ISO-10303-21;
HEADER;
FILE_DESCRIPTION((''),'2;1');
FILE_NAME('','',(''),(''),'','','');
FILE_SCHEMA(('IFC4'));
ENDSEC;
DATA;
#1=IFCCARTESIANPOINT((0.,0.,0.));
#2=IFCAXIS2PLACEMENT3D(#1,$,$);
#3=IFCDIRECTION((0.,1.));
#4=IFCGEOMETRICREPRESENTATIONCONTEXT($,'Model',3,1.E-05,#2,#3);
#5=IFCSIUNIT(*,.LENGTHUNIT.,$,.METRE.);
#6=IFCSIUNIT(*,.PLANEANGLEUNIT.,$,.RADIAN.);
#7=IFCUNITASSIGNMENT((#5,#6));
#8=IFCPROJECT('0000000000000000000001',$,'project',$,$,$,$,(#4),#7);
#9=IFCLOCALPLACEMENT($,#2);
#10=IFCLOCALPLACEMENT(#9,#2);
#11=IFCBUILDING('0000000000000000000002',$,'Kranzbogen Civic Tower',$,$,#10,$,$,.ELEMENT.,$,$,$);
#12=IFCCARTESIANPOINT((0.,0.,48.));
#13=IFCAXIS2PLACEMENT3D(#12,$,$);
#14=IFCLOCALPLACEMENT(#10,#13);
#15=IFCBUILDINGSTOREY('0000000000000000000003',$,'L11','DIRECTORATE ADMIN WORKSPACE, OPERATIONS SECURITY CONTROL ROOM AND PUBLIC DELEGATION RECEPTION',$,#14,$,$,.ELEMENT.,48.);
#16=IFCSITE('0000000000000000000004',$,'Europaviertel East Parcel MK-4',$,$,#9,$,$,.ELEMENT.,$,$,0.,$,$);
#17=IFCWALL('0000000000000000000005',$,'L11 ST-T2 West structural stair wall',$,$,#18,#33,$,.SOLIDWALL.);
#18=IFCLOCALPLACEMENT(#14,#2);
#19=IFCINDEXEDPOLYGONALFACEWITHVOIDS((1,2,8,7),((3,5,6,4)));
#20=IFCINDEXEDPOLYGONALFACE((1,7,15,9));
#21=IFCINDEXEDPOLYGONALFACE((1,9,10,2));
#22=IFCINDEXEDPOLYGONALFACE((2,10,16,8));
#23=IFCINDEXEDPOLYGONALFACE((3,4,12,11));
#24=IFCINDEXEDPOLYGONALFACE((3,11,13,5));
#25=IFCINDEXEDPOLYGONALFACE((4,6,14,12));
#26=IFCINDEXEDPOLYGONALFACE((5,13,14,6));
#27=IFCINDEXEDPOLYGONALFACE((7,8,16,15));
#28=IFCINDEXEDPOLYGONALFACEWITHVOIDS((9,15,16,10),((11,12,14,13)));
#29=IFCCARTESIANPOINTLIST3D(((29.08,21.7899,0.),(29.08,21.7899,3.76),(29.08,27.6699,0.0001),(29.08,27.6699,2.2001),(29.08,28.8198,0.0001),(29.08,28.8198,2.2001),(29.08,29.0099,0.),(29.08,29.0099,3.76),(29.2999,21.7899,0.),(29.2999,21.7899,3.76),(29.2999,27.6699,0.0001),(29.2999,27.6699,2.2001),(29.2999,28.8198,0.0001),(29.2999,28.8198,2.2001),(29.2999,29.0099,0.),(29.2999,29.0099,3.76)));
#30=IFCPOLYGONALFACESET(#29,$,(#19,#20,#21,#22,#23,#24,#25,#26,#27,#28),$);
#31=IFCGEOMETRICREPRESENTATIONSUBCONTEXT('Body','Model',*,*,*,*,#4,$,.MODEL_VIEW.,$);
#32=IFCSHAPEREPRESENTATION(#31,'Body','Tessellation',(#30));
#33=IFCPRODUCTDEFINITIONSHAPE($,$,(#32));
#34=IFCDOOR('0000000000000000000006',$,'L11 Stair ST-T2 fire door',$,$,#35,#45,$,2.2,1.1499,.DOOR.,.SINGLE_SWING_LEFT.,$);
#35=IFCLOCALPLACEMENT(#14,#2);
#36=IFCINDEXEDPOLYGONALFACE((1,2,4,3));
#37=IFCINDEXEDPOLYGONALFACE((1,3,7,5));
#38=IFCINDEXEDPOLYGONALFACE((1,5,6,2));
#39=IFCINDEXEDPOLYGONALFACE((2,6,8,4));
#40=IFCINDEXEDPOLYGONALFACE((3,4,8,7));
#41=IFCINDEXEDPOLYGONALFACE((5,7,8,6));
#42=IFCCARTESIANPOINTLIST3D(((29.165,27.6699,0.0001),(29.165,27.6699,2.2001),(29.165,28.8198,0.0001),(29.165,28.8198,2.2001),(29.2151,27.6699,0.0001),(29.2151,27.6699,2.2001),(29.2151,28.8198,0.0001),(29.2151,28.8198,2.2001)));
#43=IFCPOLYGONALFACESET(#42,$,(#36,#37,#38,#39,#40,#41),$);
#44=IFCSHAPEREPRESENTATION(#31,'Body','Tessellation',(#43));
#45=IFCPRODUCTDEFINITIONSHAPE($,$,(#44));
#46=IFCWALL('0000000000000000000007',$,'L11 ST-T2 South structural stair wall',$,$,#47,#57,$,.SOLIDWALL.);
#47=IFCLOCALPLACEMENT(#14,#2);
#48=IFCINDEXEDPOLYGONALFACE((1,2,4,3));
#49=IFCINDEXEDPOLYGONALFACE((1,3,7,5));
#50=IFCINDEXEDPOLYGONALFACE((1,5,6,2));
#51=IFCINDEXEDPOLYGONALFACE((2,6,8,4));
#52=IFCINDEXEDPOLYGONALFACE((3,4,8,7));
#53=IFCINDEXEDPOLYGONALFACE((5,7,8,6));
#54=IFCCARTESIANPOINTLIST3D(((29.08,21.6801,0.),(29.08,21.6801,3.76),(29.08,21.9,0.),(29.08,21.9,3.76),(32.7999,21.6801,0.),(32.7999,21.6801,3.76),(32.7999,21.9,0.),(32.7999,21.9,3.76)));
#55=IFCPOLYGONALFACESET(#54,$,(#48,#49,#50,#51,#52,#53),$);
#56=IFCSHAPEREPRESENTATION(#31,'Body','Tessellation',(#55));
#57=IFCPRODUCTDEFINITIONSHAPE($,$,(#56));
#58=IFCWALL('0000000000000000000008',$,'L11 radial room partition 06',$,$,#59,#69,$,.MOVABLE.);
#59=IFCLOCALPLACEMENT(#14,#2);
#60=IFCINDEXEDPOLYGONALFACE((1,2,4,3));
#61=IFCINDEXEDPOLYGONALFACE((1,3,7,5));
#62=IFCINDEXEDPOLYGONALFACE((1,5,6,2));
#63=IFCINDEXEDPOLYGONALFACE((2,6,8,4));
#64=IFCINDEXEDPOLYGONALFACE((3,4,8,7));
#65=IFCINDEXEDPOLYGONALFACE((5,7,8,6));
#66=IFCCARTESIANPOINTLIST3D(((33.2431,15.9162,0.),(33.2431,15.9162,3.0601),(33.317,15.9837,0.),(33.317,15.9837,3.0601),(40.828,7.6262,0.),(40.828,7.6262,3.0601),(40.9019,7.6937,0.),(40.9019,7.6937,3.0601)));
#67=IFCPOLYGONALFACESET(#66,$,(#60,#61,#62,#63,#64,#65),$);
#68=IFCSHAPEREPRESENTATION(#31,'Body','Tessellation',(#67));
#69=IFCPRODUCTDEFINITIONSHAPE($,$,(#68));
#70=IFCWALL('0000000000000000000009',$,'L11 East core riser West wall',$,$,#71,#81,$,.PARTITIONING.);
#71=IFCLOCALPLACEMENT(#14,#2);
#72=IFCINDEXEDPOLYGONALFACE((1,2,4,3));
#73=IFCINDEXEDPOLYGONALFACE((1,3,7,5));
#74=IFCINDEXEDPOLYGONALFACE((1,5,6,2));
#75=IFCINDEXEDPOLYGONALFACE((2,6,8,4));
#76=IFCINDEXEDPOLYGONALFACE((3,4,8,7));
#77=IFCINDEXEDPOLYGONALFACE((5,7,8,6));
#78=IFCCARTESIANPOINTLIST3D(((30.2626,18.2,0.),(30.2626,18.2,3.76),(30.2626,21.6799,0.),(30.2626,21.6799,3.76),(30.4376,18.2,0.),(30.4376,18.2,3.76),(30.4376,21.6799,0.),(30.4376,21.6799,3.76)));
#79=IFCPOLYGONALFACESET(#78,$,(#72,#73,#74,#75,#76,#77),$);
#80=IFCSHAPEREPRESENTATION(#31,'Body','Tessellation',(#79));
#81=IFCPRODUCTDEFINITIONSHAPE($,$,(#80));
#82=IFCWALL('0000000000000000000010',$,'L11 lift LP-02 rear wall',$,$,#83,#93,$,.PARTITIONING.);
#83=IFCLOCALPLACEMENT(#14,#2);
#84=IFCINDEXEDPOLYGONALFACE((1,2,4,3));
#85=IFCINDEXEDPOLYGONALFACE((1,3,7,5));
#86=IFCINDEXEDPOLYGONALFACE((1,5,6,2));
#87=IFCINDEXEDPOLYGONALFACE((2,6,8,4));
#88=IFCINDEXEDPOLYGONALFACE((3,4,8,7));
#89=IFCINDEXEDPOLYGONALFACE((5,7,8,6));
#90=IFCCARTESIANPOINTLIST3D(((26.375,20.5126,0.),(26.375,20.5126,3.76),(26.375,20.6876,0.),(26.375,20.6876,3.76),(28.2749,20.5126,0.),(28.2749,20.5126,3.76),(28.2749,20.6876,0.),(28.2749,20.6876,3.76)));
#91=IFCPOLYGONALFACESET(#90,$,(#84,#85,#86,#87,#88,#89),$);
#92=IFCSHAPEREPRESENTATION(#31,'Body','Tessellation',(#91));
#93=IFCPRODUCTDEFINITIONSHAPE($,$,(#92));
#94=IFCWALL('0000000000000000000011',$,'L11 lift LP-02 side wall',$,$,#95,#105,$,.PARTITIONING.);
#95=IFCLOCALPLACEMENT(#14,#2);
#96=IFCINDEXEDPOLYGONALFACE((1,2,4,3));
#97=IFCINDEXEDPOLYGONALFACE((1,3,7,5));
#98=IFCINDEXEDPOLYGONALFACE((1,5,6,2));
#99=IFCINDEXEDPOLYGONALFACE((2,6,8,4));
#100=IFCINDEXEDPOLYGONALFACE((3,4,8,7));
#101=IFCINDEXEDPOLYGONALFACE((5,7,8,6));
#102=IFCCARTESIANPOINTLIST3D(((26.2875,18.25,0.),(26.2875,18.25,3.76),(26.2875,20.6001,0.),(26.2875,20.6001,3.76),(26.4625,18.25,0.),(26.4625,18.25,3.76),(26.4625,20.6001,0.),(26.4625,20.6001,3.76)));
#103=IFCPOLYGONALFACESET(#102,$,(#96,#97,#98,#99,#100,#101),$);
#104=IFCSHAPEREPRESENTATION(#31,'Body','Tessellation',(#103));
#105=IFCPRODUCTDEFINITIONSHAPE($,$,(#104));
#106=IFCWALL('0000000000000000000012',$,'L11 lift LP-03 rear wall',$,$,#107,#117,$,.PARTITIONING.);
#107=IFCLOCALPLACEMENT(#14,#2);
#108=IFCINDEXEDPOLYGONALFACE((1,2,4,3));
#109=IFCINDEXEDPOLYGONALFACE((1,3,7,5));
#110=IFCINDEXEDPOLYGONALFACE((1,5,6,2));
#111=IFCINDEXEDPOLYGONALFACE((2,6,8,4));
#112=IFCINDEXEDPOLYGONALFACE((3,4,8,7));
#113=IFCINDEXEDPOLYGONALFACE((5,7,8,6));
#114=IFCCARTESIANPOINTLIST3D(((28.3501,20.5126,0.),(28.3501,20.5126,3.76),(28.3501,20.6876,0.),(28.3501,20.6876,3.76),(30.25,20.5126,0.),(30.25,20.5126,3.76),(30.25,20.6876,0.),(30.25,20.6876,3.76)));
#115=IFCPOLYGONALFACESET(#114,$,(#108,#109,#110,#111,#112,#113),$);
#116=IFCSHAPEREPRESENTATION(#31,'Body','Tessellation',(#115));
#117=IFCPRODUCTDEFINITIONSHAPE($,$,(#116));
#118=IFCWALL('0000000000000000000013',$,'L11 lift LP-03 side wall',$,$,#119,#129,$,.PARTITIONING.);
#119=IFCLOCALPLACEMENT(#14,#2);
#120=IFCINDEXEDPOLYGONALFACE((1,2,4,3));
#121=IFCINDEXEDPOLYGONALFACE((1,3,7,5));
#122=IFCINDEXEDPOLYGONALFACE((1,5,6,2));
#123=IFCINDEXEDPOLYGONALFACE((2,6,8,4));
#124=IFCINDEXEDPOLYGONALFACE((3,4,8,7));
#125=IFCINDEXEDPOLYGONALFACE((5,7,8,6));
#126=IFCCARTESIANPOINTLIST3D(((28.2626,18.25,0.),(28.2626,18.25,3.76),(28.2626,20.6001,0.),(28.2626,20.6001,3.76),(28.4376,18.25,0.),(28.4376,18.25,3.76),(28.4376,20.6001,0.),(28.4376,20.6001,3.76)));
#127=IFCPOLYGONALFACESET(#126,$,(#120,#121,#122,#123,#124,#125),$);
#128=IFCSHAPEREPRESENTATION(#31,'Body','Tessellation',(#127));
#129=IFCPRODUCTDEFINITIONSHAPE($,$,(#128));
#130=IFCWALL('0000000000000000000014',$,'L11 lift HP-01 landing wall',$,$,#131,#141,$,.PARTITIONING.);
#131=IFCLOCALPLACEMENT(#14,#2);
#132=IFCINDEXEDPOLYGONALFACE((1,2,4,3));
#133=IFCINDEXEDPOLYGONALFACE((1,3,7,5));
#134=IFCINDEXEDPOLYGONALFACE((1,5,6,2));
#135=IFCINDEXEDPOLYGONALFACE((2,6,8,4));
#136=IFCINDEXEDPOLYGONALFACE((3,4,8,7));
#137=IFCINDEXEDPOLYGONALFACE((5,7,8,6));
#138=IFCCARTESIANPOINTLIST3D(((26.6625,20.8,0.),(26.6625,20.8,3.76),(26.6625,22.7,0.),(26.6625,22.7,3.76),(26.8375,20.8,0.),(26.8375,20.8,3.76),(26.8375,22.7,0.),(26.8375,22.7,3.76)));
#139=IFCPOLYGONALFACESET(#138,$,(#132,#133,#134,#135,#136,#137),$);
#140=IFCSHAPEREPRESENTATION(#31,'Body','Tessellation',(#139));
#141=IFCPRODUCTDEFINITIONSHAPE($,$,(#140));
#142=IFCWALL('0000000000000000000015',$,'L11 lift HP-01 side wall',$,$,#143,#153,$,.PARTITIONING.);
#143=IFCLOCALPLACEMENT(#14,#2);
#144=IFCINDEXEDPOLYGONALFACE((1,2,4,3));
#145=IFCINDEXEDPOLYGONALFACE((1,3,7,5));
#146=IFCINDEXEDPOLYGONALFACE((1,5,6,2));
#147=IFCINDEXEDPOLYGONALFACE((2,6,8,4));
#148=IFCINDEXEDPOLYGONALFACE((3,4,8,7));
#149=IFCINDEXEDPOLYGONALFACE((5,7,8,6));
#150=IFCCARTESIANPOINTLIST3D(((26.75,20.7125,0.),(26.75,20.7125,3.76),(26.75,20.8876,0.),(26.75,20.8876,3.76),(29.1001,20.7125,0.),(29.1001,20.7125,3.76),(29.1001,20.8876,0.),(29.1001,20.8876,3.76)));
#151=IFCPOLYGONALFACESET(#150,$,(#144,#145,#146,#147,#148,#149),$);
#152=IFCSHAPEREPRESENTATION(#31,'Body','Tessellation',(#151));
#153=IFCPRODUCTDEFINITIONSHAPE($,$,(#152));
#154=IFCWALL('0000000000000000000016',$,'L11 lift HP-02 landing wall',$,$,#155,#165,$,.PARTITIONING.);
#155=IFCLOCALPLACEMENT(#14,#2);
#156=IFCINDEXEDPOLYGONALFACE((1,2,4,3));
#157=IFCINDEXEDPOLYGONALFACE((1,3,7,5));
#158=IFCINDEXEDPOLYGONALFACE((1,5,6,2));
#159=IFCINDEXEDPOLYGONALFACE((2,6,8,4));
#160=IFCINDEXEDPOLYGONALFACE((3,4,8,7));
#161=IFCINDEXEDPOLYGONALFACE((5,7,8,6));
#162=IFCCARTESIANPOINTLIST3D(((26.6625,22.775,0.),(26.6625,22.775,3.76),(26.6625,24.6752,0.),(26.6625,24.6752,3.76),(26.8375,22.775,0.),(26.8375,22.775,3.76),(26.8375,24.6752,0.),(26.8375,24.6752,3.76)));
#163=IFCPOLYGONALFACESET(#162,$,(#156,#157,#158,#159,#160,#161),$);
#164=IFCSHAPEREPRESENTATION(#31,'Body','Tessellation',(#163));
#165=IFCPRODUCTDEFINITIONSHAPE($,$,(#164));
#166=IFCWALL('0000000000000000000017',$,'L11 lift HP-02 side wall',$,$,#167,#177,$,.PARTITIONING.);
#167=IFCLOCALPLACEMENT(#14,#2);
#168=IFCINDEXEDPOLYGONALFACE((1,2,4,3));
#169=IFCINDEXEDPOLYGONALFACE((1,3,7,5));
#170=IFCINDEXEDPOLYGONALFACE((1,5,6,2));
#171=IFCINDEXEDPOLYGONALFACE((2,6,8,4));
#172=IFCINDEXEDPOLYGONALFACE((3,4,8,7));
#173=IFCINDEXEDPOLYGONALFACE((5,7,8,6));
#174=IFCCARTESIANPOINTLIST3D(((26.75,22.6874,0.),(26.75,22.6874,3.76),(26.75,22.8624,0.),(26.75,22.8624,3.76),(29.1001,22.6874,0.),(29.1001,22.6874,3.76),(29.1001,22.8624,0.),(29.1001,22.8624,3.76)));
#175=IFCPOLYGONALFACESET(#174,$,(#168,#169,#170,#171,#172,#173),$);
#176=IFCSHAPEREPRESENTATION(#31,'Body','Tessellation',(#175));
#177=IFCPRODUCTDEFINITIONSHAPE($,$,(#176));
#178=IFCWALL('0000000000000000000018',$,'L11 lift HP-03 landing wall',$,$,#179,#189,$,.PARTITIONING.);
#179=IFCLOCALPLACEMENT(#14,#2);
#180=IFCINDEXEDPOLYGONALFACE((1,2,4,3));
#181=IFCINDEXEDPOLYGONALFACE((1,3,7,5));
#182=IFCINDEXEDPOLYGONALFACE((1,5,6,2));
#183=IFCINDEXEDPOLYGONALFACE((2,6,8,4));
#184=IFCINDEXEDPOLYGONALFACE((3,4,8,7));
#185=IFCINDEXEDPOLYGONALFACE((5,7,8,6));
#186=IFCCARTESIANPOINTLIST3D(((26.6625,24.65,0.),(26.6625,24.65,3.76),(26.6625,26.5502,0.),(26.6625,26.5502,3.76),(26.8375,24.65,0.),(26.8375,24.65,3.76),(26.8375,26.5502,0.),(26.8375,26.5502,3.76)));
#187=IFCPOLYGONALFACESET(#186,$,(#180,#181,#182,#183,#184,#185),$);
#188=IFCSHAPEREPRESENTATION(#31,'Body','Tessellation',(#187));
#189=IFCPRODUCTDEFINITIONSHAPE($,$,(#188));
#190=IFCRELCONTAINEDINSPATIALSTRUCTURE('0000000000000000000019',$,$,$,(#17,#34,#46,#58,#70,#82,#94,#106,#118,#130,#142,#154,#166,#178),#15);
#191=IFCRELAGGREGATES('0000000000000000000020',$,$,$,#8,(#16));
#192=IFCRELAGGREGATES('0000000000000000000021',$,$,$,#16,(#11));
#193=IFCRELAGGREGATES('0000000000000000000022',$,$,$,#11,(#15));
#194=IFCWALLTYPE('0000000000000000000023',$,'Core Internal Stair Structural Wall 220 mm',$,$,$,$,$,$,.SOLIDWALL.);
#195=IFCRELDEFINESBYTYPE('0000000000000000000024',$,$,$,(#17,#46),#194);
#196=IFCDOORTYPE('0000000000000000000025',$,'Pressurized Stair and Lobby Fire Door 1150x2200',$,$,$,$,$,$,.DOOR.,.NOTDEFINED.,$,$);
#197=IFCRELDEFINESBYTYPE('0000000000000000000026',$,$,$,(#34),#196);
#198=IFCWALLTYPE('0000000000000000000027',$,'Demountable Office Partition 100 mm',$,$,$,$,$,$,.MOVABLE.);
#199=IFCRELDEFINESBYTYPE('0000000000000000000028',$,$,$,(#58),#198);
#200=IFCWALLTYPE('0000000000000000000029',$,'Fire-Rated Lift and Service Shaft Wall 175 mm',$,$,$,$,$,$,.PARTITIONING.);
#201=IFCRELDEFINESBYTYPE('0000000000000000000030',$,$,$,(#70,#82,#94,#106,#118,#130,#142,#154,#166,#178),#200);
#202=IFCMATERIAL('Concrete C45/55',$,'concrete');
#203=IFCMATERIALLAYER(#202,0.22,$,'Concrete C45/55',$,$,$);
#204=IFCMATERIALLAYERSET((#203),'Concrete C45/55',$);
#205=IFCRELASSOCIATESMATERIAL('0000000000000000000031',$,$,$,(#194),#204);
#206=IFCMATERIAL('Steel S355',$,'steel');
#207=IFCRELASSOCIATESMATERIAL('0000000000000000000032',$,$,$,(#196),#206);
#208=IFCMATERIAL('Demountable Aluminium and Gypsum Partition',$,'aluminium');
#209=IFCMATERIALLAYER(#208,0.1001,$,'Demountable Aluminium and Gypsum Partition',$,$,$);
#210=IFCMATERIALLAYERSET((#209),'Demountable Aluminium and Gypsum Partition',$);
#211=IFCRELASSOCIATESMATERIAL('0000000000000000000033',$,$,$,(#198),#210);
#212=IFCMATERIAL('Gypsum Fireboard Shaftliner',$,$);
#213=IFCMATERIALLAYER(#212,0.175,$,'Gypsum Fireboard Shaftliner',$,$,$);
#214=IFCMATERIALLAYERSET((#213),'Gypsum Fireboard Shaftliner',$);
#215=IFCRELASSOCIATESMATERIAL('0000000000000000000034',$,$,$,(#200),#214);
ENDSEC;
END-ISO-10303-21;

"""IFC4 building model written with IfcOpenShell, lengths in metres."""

from ifc_helpers import new_model, si_unit, direction, frame, frame_2d, origin, place, context, subcontext, project, spatial, rectangle, extrude, material, layer, layer_set, type_object, element, fill, save


model = new_model("IFC4")

# Units and contexts
model_context = context("Model", 3, precision=1e-05, world=origin(), true_north=direction((0.0, 1.0)))
body_context = subcontext(model_context, "Body", "Model", "MODEL_VIEW")
ifc_project = project(units=[si_unit("LENGTHUNIT", "METRE"), si_unit("PLANEANGLEUNIT", "RADIAN")], contexts=[model_context])

# Site, building, storey
site_placement = place(None, origin())
site = spatial("IfcSite", under=ifc_project, at=site_placement, Name="Europaviertel East Parcel MK-4", CompositionType="ELEMENT", RefElevation=0.0)
building_placement = place(site_placement, origin())
building = spatial("IfcBuilding", under=site, at=building_placement, Name="Kranzbogen Civic Tower", CompositionType="ELEMENT")
storey_placement = place(building_placement, frame((0.0, 0.0, 48.0)))
storey = spatial("IfcBuildingStorey", under=building, at=storey_placement, Name="L11", Description="DIRECTORATE ADMIN WORKSPACE, OPERATIONS SECURITY CONTROL ROOM AND PUBLIC DELEGATION RECEPTION", CompositionType="ELEMENT", Elevation=48.0)

# Shared definitions
ifc_material_1 = material(Name="Steel S355", Category="steel")

# Wall, opening, door
ifc_material_2 = material(Name="Concrete C45/55", Category="concrete")
ifc_layer_1 = layer(ifc_material_2, 0.22, Name="Concrete C45/55")
ifc_layer_set_1 = layer_set([ifc_layer_1], Name="Concrete C45/55")
wall_type_1 = type_object("IfcWallType", Name="Core Internal Stair Structural Wall 220 mm", PredefinedType="SOLIDWALL", material=ifc_layer_set_1)
wall_1_placement = place(storey_placement, frame((29.1899, 21.79, 0.0), z_axis=(0.0, 0.0, 1.0), x_axis=(0.0, 1.0, 0.0)))
wall_1 = element("IfcWall", 1, at=wall_1_placement, inside=storey, type_object=wall_type_1, Name="L11 ST-T2 West structural stair wall", PredefinedType="SOLIDWALL", context=body_context, shape_type="SweptSolid", body=[
    extrude(rectangle(XDim=7.22, YDim=0.22, at=frame_2d((3.6099, 0.0))), origin(), (0.0, 0.0, 1.0), 3.76),
])
opening_1_placement = place(wall_1_placement, frame((5.8799, 0.0, 0.0)))
opening_1 = element("IfcOpeningElement", 2, at=opening_1_placement, cuts=wall_1, PredefinedType="OPENING", context=body_context, shape_type="SweptSolid", body=[
    extrude(rectangle(XDim=1.1499, YDim=2.2, at=frame_2d((0.575, 1.1001))), frame((0.0, 0.1201, 0.0), z_axis=(0.0, -1.0, 0.0), x_axis=(1.0, 0.0, 0.0)), (0.0, 0.0, 1.0), 0.24),
])
door_type_1 = type_object("IfcDoorType", Name="Pressurized Stair and Lobby Fire Door 1150x2200", OperationType="NOTDEFINED", PredefinedType="DOOR", material=ifc_material_1)
door_1_placement = place(opening_1_placement, origin())
door_1 = element("IfcDoor", 3, at=door_1_placement, inside=storey, type_object=door_type_1, Name="L11 Stair ST-T2 fire door", OperationType="SINGLE_SWING_LEFT", OverallHeight=2.2, OverallWidth=1.1499, PredefinedType="DOOR", context=body_context, shape_type="SweptSolid", body=[
    extrude(rectangle(XDim=1.1499, YDim=2.2, at=frame_2d((0.575, 1.1001))), frame((0.0, 0.0249, 0.0), z_axis=(0.0, -1.0, 0.0), x_axis=(1.0, 0.0, 0.0)), (0.0, 0.0, 1.0), 0.05),
])
fill(opening_1, door_1)

# Walls
wall_2_placement = place(storey_placement, frame((29.0801, 21.79, 0.0), z_axis=(0.0, 0.0, 1.0), x_axis=(1.0, 0.0, 0.0)))
element("IfcWall", 4, at=wall_2_placement, inside=storey, type_object=wall_type_1, Name="L11 ST-T2 South structural stair wall", PredefinedType="SOLIDWALL", context=body_context, shape_type="SweptSolid", body=[
    extrude(rectangle(XDim=3.72, YDim=0.22, at=frame_2d((1.8599, 0.0))), origin(), (0.0, 0.0, 1.0), 3.76),
])
ifc_material_3 = material(Name="Demountable Aluminium and Gypsum Partition", Category="aluminium")
ifc_layer_2 = layer(ifc_material_3, 0.1001, Name="Demountable Aluminium and Gypsum Partition")
ifc_layer_set_2 = layer_set([ifc_layer_2], Name="Demountable Aluminium and Gypsum Partition")
wall_type_2 = type_object("IfcWallType", Name="Demountable Office Partition 100 mm", PredefinedType="MOVABLE", material=ifc_layer_set_2)
wall_3_placement = place(storey_placement, frame((33.28, 15.95, 0.0), z_axis=(0.0, 0.0, 1.0), x_axis=(0.675036, -0.737785, 0.0)))
element("IfcWall", 5, at=wall_3_placement, inside=storey, type_object=wall_type_2, Name="L11 radial room partition 06", PredefinedType="MOVABLE", context=body_context, shape_type="SweptSolid", body=[
    extrude(rectangle(XDim=11.2363, YDim=0.1001, at=frame_2d((5.6182, 0.0))), origin(), (0.0, 0.0, 1.0), 3.0601),
])
ifc_material_4 = material(Name="Gypsum Fireboard Shaftliner")
ifc_layer_3 = layer(ifc_material_4, 0.175, Name="Gypsum Fireboard Shaftliner")
ifc_layer_set_3 = layer_set([ifc_layer_3], Name="Gypsum Fireboard Shaftliner")
wall_type_3 = type_object("IfcWallType", Name="Fire-Rated Lift and Service Shaft Wall 175 mm", PredefinedType="PARTITIONING", material=ifc_layer_set_3)
wall_4_placement = place(storey_placement, frame((30.3501, 18.2, 0.0), z_axis=(0.0, 0.0, 1.0), x_axis=(0.0, 1.0, 0.0)))
element("IfcWall", 6, at=wall_4_placement, inside=storey, type_object=wall_type_3, Name="L11 East core riser West wall", PredefinedType="PARTITIONING", context=body_context, shape_type="SweptSolid", body=[
    extrude(rectangle(XDim=3.48, YDim=0.175, at=frame_2d((1.74, 0.0))), origin(), (0.0, 0.0, 1.0), 3.76),
])
wall_5_placement = place(storey_placement, frame((26.375, 20.6001, 0.0), z_axis=(0.0, 0.0, 1.0), x_axis=(1.0, 0.0, 0.0)))
element("IfcWall", 7, at=wall_5_placement, inside=storey, type_object=wall_type_3, Name="L11 lift LP-02 rear wall", PredefinedType="PARTITIONING", context=body_context, shape_type="SweptSolid", body=[
    extrude(rectangle(XDim=1.8999, YDim=0.175, at=frame_2d((0.95, 0.0))), origin(), (0.0, 0.0, 1.0), 3.76),
])
wall_6_placement = place(storey_placement, frame((26.375, 18.25, 0.0), z_axis=(0.0, 0.0, 1.0), x_axis=(0.0, 1.0, 0.0)))
element("IfcWall", 8, at=wall_6_placement, inside=storey, type_object=wall_type_3, Name="L11 lift LP-02 side wall", PredefinedType="PARTITIONING", context=body_context, shape_type="SweptSolid", body=[
    extrude(rectangle(XDim=2.3501, YDim=0.175, at=frame_2d((1.175, 0.0))), origin(), (0.0, 0.0, 1.0), 3.76),
])
wall_7_placement = place(storey_placement, frame((28.3501, 20.6001, 0.0), z_axis=(0.0, 0.0, 1.0), x_axis=(1.0, 0.0, 0.0)))
element("IfcWall", 9, at=wall_7_placement, inside=storey, type_object=wall_type_3, Name="L11 lift LP-03 rear wall", PredefinedType="PARTITIONING", context=body_context, shape_type="SweptSolid", body=[
    extrude(rectangle(XDim=1.8999, YDim=0.175, at=frame_2d((0.95, 0.0))), origin(), (0.0, 0.0, 1.0), 3.76),
])
wall_8_placement = place(storey_placement, frame((28.3501, 18.25, 0.0), z_axis=(0.0, 0.0, 1.0), x_axis=(0.0, 1.0, 0.0)))
element("IfcWall", 10, at=wall_8_placement, inside=storey, type_object=wall_type_3, Name="L11 lift LP-03 side wall", PredefinedType="PARTITIONING", context=body_context, shape_type="SweptSolid", body=[
    extrude(rectangle(XDim=2.3501, YDim=0.175, at=frame_2d((1.175, 0.0))), origin(), (0.0, 0.0, 1.0), 3.76),
])
wall_9_placement = place(storey_placement, frame((26.75, 20.8, 0.0), z_axis=(0.0, 0.0, 1.0), x_axis=(0.0, 1.0, 0.0)))
element("IfcWall", 11, at=wall_9_placement, inside=storey, type_object=wall_type_3, Name="L11 lift HP-01 landing wall", PredefinedType="PARTITIONING", context=body_context, shape_type="SweptSolid", body=[
    extrude(rectangle(XDim=1.8999, YDim=0.175, at=frame_2d((0.95, 0.0))), origin(), (0.0, 0.0, 1.0), 3.76),
])
wall_10_placement = place(storey_placement, frame((26.75, 20.8, 0.0), z_axis=(0.0, 0.0, 1.0), x_axis=(1.0, 0.0, 0.0)))
element("IfcWall", 12, at=wall_10_placement, inside=storey, type_object=wall_type_3, Name="L11 lift HP-01 side wall", PredefinedType="PARTITIONING", context=body_context, shape_type="SweptSolid", body=[
    extrude(rectangle(XDim=2.3501, YDim=0.175, at=frame_2d((1.175, 0.0))), origin(), (0.0, 0.0, 1.0), 3.76),
])
wall_11_placement = place(storey_placement, frame((26.75, 22.7749, 0.0), z_axis=(0.0, 0.0, 1.0), x_axis=(0.0, 1.0, 0.0)))
element("IfcWall", 13, at=wall_11_placement, inside=storey, type_object=wall_type_3, Name="L11 lift HP-02 landing wall", PredefinedType="PARTITIONING", context=body_context, shape_type="SweptSolid", body=[
    extrude(rectangle(XDim=1.9001, YDim=0.175, at=frame_2d((0.9502, 0.0))), origin(), (0.0, 0.0, 1.0), 3.76),
])
wall_12_placement = place(storey_placement, frame((26.75, 22.7749, 0.0), z_axis=(0.0, 0.0, 1.0), x_axis=(1.0, 0.0, 0.0)))
element("IfcWall", 14, at=wall_12_placement, inside=storey, type_object=wall_type_3, Name="L11 lift HP-02 side wall", PredefinedType="PARTITIONING", context=body_context, shape_type="SweptSolid", body=[
    extrude(rectangle(XDim=2.3501, YDim=0.175, at=frame_2d((1.175, 0.0))), origin(), (0.0, 0.0, 1.0), 3.76),
])
wall_13_placement = place(storey_placement, frame((26.75, 24.6499, 0.0), z_axis=(0.0, 0.0, 1.0), x_axis=(0.0, 1.0, 0.0)))
element("IfcWall", 15, at=wall_13_placement, inside=storey, type_object=wall_type_3, Name="L11 lift HP-03 landing wall", PredefinedType="PARTITIONING", context=body_context, shape_type="SweptSolid", body=[
    extrude(rectangle(XDim=1.9001, YDim=0.175, at=frame_2d((0.9502, 0.0))), origin(), (0.0, 0.0, 1.0), 3.76),
])

save(model, "model.ifc")
